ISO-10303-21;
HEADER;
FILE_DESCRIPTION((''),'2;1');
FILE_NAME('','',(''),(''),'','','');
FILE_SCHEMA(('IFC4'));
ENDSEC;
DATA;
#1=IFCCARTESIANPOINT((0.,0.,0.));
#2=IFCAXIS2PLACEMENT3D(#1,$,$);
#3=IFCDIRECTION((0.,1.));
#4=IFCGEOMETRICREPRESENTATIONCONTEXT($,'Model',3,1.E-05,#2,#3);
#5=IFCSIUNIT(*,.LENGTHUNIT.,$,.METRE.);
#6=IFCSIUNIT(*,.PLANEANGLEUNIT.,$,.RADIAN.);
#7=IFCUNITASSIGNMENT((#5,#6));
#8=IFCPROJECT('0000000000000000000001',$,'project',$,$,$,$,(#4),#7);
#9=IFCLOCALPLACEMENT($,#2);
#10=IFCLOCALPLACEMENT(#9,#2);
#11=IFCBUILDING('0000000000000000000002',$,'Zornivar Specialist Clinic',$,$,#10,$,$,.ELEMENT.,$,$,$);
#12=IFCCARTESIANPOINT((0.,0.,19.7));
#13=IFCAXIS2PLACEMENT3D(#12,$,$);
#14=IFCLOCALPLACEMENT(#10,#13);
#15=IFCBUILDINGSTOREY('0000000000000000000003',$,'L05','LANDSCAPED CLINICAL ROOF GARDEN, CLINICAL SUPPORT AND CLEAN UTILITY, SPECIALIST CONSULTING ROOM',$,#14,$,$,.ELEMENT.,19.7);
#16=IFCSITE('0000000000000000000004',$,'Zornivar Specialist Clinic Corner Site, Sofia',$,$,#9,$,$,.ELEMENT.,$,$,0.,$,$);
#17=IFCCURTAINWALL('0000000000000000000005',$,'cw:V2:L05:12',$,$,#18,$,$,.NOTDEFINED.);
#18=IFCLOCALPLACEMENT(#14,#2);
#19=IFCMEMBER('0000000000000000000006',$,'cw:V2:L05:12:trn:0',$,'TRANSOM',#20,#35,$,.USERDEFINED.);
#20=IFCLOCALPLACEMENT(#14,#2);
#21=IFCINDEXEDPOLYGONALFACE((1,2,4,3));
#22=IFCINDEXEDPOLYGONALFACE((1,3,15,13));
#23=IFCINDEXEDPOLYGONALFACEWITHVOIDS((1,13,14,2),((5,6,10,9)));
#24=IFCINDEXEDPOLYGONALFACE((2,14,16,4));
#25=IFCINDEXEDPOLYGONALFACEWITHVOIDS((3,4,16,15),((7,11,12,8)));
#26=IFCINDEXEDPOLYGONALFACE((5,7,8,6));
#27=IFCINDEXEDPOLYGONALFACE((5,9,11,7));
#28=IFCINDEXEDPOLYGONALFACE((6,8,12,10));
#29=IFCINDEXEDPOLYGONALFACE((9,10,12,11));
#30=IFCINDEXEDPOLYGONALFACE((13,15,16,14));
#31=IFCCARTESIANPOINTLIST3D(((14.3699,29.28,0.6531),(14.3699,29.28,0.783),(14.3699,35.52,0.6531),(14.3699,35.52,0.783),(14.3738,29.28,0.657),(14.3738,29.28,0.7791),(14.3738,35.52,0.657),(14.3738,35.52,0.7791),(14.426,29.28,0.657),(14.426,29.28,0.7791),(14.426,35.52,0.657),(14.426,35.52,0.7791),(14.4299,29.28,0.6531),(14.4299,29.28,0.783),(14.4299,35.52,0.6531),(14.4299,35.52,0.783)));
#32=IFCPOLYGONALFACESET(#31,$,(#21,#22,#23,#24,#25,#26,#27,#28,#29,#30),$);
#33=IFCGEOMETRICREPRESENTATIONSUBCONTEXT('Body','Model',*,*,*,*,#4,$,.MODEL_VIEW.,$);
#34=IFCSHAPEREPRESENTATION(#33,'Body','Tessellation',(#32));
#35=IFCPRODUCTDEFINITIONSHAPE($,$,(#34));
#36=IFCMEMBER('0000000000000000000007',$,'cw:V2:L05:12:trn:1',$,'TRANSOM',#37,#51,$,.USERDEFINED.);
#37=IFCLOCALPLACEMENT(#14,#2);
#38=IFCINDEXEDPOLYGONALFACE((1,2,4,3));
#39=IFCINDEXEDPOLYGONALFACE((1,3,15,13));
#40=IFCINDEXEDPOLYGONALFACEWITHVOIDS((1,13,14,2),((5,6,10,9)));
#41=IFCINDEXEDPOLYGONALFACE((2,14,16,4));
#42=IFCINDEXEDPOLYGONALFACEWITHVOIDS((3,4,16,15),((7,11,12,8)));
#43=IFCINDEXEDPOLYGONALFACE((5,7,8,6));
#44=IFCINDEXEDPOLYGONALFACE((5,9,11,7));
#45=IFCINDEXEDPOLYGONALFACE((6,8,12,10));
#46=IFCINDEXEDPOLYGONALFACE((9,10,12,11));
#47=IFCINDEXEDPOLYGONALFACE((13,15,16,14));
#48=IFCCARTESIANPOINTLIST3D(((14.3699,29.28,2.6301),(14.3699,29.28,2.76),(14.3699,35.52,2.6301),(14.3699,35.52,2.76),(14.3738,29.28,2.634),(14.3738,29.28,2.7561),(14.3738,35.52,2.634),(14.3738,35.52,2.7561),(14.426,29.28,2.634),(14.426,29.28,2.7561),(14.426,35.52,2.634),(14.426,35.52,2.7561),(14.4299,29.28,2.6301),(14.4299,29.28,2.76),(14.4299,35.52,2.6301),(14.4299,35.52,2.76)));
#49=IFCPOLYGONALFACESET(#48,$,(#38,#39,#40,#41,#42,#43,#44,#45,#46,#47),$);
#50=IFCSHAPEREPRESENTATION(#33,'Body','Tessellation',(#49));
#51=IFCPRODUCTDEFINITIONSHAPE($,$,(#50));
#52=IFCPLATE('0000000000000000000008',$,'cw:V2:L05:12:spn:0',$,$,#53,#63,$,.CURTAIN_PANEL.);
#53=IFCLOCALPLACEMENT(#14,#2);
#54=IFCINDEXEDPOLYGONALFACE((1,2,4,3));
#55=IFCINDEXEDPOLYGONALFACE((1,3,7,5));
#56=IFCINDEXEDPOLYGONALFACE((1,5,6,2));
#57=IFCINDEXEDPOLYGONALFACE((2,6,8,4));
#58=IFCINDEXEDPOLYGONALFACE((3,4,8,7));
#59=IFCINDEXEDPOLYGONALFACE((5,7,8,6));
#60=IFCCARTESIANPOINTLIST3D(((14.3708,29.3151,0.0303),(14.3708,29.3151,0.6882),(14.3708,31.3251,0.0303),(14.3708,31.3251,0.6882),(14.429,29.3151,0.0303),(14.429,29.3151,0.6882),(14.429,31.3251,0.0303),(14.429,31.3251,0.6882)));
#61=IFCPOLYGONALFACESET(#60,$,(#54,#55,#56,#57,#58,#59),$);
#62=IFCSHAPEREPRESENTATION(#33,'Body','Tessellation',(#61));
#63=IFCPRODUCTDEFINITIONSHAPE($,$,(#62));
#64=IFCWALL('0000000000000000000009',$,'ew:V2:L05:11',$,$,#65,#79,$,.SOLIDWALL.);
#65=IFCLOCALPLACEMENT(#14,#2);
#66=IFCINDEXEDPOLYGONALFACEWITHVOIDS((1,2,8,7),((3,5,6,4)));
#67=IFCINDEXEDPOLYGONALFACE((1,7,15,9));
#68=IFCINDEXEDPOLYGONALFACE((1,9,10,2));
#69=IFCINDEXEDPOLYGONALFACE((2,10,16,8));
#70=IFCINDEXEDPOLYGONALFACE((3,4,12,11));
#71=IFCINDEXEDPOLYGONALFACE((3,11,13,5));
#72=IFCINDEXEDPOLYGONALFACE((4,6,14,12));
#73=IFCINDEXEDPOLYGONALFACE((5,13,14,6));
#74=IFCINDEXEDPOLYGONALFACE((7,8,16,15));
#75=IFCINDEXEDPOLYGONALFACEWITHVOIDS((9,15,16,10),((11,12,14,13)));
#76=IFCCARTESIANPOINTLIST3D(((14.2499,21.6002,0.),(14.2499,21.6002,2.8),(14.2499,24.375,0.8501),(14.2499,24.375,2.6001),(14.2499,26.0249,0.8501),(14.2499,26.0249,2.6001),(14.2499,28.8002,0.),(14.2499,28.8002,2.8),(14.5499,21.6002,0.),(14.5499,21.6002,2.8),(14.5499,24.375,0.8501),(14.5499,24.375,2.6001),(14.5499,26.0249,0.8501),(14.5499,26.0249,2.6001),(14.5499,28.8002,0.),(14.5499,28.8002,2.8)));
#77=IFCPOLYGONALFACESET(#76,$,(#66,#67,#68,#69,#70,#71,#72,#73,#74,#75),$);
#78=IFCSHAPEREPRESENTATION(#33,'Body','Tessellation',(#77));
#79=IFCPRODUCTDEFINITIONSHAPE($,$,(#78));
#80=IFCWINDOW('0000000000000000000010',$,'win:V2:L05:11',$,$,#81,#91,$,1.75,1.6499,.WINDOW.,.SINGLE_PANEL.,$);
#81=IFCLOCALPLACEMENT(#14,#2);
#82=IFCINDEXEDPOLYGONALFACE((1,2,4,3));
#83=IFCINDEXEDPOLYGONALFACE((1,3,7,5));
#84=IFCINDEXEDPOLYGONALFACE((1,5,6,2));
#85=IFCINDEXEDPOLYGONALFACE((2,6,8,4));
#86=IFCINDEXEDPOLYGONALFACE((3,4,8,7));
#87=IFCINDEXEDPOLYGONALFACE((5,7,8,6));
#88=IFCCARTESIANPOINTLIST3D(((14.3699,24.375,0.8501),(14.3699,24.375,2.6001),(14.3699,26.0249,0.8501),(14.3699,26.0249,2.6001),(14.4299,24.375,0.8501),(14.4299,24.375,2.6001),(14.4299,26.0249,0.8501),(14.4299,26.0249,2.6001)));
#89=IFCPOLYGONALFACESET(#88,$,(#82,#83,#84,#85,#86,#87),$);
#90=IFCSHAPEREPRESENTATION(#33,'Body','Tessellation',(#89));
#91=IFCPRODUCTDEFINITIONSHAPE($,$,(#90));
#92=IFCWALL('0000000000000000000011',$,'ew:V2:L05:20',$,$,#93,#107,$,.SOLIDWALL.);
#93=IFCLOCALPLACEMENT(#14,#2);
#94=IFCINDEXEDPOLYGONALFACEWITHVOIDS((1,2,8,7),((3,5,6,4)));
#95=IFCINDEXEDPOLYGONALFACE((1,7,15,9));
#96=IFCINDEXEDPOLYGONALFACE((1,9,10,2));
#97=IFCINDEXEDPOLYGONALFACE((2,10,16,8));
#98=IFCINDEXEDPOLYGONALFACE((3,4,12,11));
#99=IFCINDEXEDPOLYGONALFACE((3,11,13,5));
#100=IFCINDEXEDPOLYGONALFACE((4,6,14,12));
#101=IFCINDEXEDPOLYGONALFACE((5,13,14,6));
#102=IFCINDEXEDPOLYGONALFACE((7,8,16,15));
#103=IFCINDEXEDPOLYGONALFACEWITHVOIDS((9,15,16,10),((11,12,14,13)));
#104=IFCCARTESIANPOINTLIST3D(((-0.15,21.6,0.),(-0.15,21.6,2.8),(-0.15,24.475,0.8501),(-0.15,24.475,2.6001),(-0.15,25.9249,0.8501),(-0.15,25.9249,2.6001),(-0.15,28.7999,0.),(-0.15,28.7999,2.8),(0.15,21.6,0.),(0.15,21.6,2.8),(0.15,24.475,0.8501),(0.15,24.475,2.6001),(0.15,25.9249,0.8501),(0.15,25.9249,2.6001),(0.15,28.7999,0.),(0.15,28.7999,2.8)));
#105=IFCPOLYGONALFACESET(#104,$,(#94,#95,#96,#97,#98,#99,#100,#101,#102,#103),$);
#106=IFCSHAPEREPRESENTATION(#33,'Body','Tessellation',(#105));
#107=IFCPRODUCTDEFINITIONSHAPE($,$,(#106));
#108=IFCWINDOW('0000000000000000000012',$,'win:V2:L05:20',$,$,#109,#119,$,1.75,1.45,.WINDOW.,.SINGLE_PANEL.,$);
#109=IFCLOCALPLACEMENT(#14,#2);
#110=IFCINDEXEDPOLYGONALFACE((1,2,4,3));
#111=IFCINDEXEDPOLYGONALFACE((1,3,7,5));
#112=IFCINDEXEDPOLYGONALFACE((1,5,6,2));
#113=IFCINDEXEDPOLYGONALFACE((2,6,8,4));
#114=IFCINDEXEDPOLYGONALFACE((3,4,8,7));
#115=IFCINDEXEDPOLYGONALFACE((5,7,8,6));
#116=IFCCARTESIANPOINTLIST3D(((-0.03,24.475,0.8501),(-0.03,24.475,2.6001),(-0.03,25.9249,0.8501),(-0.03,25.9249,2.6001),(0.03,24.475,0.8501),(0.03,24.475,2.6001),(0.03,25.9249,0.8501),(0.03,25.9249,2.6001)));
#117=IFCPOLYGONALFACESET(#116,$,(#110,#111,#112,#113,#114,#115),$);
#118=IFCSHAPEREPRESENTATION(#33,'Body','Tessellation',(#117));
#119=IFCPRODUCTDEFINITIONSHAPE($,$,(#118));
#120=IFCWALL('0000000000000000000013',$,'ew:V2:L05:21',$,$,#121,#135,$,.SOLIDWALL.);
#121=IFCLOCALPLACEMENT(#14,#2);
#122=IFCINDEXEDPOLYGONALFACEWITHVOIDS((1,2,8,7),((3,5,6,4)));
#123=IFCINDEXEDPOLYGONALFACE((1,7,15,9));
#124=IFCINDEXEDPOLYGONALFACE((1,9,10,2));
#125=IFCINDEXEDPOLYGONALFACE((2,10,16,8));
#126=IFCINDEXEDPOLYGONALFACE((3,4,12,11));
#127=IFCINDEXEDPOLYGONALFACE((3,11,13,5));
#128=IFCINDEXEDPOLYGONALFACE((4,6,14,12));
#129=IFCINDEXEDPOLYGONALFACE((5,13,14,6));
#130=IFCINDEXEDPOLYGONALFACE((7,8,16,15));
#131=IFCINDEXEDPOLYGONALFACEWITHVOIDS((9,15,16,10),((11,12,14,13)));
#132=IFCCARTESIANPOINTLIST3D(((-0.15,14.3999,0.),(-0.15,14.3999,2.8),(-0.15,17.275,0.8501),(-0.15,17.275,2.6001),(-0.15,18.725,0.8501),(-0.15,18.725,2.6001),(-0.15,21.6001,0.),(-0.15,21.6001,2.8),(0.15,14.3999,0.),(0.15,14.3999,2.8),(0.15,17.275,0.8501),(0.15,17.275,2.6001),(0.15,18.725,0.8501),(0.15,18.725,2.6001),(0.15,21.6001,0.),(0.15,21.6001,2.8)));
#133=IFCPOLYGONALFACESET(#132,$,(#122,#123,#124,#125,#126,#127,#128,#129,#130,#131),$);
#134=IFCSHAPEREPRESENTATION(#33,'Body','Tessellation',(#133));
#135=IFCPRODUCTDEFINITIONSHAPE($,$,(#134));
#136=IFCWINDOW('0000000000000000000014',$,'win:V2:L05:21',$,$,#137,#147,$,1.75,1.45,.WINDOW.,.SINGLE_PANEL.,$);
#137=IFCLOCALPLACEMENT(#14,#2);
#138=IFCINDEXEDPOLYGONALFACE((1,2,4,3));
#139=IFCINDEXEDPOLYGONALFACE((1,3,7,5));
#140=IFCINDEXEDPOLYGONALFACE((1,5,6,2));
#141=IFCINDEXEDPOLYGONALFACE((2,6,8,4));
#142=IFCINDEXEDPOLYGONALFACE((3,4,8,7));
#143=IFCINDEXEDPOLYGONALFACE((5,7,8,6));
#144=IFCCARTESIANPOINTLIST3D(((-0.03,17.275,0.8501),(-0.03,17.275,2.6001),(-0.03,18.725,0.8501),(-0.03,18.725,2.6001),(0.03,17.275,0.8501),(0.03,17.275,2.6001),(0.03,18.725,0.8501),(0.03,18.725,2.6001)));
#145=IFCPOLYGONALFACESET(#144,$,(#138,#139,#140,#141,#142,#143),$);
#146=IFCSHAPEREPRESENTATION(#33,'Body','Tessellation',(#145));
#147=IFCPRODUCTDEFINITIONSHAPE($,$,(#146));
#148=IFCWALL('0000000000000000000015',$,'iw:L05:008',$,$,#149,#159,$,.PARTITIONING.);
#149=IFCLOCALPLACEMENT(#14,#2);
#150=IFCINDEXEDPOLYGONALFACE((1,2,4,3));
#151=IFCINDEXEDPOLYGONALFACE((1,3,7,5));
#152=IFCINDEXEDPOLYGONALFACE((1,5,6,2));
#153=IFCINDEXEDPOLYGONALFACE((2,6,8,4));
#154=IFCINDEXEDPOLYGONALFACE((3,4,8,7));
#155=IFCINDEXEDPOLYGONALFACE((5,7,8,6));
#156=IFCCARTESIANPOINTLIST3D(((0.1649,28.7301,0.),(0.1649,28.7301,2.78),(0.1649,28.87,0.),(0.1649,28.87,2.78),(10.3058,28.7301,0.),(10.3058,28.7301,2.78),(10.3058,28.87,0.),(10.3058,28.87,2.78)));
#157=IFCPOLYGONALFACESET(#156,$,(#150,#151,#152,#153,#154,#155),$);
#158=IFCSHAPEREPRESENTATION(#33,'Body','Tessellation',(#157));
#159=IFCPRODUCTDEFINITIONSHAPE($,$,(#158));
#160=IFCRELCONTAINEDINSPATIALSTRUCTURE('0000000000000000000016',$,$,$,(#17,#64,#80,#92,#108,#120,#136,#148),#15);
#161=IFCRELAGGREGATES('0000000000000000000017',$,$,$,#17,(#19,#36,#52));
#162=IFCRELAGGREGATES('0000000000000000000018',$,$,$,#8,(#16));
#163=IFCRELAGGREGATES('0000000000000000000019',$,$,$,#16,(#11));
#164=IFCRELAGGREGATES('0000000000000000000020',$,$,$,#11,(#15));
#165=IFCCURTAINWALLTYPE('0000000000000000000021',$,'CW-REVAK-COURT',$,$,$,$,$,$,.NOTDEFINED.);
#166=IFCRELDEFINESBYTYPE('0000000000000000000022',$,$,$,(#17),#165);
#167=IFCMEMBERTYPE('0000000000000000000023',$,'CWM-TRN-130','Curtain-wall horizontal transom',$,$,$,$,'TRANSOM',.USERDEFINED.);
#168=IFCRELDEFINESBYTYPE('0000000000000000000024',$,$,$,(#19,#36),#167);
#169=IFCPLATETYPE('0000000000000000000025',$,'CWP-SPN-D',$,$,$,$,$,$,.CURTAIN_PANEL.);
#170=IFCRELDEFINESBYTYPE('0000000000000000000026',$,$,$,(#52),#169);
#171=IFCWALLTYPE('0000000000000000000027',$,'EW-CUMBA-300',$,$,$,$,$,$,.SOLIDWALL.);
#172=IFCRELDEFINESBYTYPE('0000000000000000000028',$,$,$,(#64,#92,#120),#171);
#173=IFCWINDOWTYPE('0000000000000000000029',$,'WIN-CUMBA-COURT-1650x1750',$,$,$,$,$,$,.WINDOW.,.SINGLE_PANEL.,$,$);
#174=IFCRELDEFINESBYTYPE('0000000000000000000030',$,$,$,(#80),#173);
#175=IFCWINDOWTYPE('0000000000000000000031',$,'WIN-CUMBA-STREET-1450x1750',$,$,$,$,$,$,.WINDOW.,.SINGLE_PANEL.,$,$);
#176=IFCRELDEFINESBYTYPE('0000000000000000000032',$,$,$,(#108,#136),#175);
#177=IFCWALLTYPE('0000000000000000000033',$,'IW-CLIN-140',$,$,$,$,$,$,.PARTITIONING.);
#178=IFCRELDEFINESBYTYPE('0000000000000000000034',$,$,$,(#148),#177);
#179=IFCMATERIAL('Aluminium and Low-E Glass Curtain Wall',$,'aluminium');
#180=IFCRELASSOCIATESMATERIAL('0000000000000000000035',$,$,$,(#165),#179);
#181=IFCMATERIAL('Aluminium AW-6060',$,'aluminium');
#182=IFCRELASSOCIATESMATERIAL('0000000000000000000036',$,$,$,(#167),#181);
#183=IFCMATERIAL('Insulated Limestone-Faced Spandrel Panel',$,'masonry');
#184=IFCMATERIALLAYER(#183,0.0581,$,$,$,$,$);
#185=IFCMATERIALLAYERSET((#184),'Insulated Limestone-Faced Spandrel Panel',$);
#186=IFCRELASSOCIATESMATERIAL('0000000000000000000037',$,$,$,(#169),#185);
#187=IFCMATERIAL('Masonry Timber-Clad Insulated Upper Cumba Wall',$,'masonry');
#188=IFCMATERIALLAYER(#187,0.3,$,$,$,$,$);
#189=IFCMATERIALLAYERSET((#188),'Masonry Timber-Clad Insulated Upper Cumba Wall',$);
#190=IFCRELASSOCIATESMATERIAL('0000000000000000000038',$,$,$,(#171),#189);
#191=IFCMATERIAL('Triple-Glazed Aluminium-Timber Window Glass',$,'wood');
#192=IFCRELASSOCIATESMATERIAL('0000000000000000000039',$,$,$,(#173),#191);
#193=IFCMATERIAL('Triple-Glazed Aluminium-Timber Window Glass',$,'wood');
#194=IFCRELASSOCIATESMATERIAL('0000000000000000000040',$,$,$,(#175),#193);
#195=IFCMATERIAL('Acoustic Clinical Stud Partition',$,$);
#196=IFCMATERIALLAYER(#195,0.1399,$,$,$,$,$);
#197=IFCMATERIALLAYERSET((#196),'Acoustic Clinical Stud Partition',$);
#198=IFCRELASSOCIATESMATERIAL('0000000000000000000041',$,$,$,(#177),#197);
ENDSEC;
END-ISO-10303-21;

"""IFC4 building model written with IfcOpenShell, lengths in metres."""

from ifc_helpers import new_model, si_unit, direction, frame, frame_2d, origin, origin_2d, place, context, subcontext, project, spatial, rectangle, hollow_rectangle, extrude, material, layer, layer_set, material_profile, profile_set, type_object, element, fill, aggregate, save


model = new_model("IFC4")

# Units and contexts
model_context = context("Model", 3, precision=1e-05, world=origin(), true_north=direction((0.0, 1.0)))
body_context = subcontext(model_context, "Body", "Model", "MODEL_VIEW")
ifc_project = project(units=[si_unit("LENGTHUNIT", "METRE"), si_unit("PLANEANGLEUNIT", "RADIAN")], contexts=[model_context])

# Site, building, storey
site_placement = place(None, origin())
site = spatial("IfcSite", under=ifc_project, at=site_placement, Name="Zornivar Specialist Clinic Corner Site, Sofia", CompositionType="ELEMENT", RefElevation=0.0)
building_placement = place(site_placement, origin())
building = spatial("IfcBuilding", under=site, at=building_placement, Name="Zornivar Specialist Clinic", CompositionType="ELEMENT")
storey_placement = place(building_placement, frame((0.0, 0.0, 19.7)))
storey = spatial("IfcBuildingStorey", under=building, at=storey_placement, Name="L05", Description="LANDSCAPED CLINICAL ROOF GARDEN, CLINICAL SUPPORT AND CLEAN UTILITY, SPECIALIST CONSULTING ROOM", CompositionType="ELEMENT", Elevation=19.7)

# Curtain wall, members, plate
ifc_material_1 = material(Name="Aluminium and Low-E Glass Curtain Wall", Category="aluminium")
curtain_wall_type = type_object("IfcCurtainWallType", Name="CW-REVAK-COURT", PredefinedType="NOTDEFINED", material=ifc_material_1)
curtain_wall_placement = place(storey_placement, origin())
curtain_wall = element("IfcCurtainWall", 1, at=curtain_wall_placement, inside=storey, type_object=curtain_wall_type, Name="cw:V2:L05:12", PredefinedType="NOTDEFINED")
ifc_material_2 = material(Name="Aluminium AW-6060", Category="aluminium")
ifc_material_profile_1 = material_profile(ifc_material_2, hollow_rectangle(XDim=0.0601, YDim=0.1299, WallThickness=0.0039, at=origin_2d()), Name="ALU 60x130x4")
ifc_profile_set_1 = profile_set([ifc_material_profile_1], Name="Aluminium AW-6060")
member_type_1 = type_object("IfcMemberType", Name="CWM-TRN-130", Description="Curtain-wall horizontal transom", ElementType="TRANSOM", PredefinedType="USERDEFINED", material=ifc_profile_set_1)
member_1_placement = place(storey_placement, frame((14.3999, 29.28, 0.718), z_axis=(0.0, 1.0, 0.0), x_axis=(-1.0, 0.0, 0.0)))
member_1 = element("IfcMember", 2, at=member_1_placement, type_object=member_type_1, Name="cw:V2:L05:12:trn:0", ObjectType="TRANSOM", PredefinedType="USERDEFINED", context=body_context, shape_type="SweptSolid", body=[
    extrude(hollow_rectangle(XDim=0.0601, YDim=0.1299, WallThickness=0.0039, at=origin_2d()), origin(), (0.0, 0.0, 1.0), 6.24),
])
member_2_placement = place(storey_placement, frame((14.3999, 29.28, 2.6951), z_axis=(0.0, 1.0, 0.0), x_axis=(-1.0, 0.0, 0.0)))
member_2 = element("IfcMember", 3, at=member_2_placement, type_object=member_type_1, Name="cw:V2:L05:12:trn:1", ObjectType="TRANSOM", PredefinedType="USERDEFINED", context=body_context, shape_type="SweptSolid", body=[
    extrude(hollow_rectangle(XDim=0.0601, YDim=0.1299, WallThickness=0.0039, at=origin_2d()), origin(), (0.0, 0.0, 1.0), 6.24),
])
ifc_material_3 = material(Name="Insulated Limestone-Faced Spandrel Panel", Category="masonry")
ifc_layer_1 = layer(ifc_material_3, 0.0581)
ifc_layer_set_1 = layer_set([ifc_layer_1], Name="Insulated Limestone-Faced Spandrel Panel")
plate_type = type_object("IfcPlateType", Name="CWP-SPN-D", PredefinedType="CURTAIN_PANEL", material=ifc_layer_set_1)
plate_placement = place(storey_placement, frame((14.3999, 30.3201, 0.0303), z_axis=(0.0, 0.0, 1.0), x_axis=(0.0, 1.0, 0.0)))
plate = element("IfcPlate", 4, at=plate_placement, type_object=plate_type, Name="cw:V2:L05:12:spn:0", PredefinedType="CURTAIN_PANEL", context=body_context, shape_type="SweptSolid", body=[
    extrude(rectangle(XDim=2.01, YDim=0.0581, at=origin_2d()), origin(), (0.0, 0.0, 1.0), 0.658),
])
aggregate(curtain_wall, [member_1, member_2, plate])

# Walls, openings, windows
ifc_material_4 = material(Name="Masonry Timber-Clad Insulated Upper Cumba Wall", Category="masonry")
ifc_layer_2 = layer(ifc_material_4, 0.3)
ifc_layer_set_2 = layer_set([ifc_layer_2], Name="Masonry Timber-Clad Insulated Upper Cumba Wall")
wall_type_1 = type_object("IfcWallType", Name="EW-CUMBA-300", PredefinedType="SOLIDWALL", material=ifc_layer_set_2)
wall_1_placement = place(storey_placement, frame((14.3999, 21.6001, 0.0), z_axis=(0.0, 0.0, 1.0), x_axis=(0.0, 1.0, 0.0)))
wall_1 = element("IfcWall", 5, at=wall_1_placement, inside=storey, type_object=wall_type_1, Name="ew:V2:L05:11", PredefinedType="SOLIDWALL", context=body_context, shape_type="SweptSolid", body=[
    extrude(rectangle(XDim=7.2, YDim=0.3, at=frame_2d((3.6001, 0.0))), origin(), (0.0, 0.0, 1.0), 2.8),
])
opening_1_placement = place(wall_1_placement, frame((2.7749, 0.0, 0.8501)))
opening_1 = element("IfcOpeningElement", 6, at=opening_1_placement, cuts=wall_1, PredefinedType="OPENING", context=body_context, shape_type="SweptSolid", body=[
    extrude(rectangle(XDim=1.6499, YDim=1.75, at=frame_2d((0.825, 0.875))), frame((0.0, 0.1599, 0.0), z_axis=(0.0, -1.0, 0.0), x_axis=(1.0, 0.0, 0.0)), (0.0, 0.0, 1.0), 0.3201),
])
ifc_material_5 = material(Name="Triple-Glazed Aluminium-Timber Window Glass", Category="wood")
window_type_1 = type_object("IfcWindowType", Name="WIN-CUMBA-COURT-1650x1750", PartitioningType="SINGLE_PANEL", PredefinedType="WINDOW", material=ifc_material_5)
window_1_placement = place(opening_1_placement, origin())
window_1 = element("IfcWindow", 7, at=window_1_placement, inside=storey, type_object=window_type_1, Name="win:V2:L05:11", OverallHeight=1.75, OverallWidth=1.6499, PartitioningType="SINGLE_PANEL", PredefinedType="WINDOW", context=body_context, shape_type="SweptSolid", body=[
    extrude(rectangle(XDim=1.6499, YDim=1.75, at=frame_2d((0.825, 0.875))), frame((0.0, 0.03, 0.0), z_axis=(0.0, -1.0, 0.0), x_axis=(1.0, 0.0, 0.0)), (0.0, 0.0, 1.0), 0.0601),
])
fill(opening_1, window_1)
wall_2_placement = place(storey_placement, frame((0.0, 28.8, 0.0), z_axis=(0.0, 0.0, 1.0), x_axis=(0.0, -1.0, 0.0)))
wall_2 = element("IfcWall", 8, at=wall_2_placement, inside=storey, type_object=wall_type_1, Name="ew:V2:L05:20", PredefinedType="SOLIDWALL", context=body_context, shape_type="SweptSolid", body=[
    extrude(rectangle(XDim=7.2, YDim=0.3, at=frame_2d((3.6001, 0.0))), origin(), (0.0, 0.0, 1.0), 2.8),
])
opening_2_placement = place(wall_2_placement, frame((2.875, 0.0, 0.8501)))
opening_2 = element("IfcOpeningElement", 9, at=opening_2_placement, cuts=wall_2, PredefinedType="OPENING", context=body_context, shape_type="SweptSolid", body=[
    extrude(rectangle(XDim=1.45, YDim=1.75, at=frame_2d((0.7251, 0.875))), frame((0.0, 0.1599, 0.0), z_axis=(0.0, -1.0, 0.0), x_axis=(1.0, 0.0, 0.0)), (0.0, 0.0, 1.0), 0.3201),
])
ifc_material_6 = material(Name="Triple-Glazed Aluminium-Timber Window Glass", Category="wood")
window_type_2 = type_object("IfcWindowType", Name="WIN-CUMBA-STREET-1450x1750", PartitioningType="SINGLE_PANEL", PredefinedType="WINDOW", material=ifc_material_6)
window_2_placement = place(opening_2_placement, origin())
window_2 = element("IfcWindow", 10, at=window_2_placement, inside=storey, type_object=window_type_2, Name="win:V2:L05:20", OverallHeight=1.75, OverallWidth=1.45, PartitioningType="SINGLE_PANEL", PredefinedType="WINDOW", context=body_context, shape_type="SweptSolid", body=[
    extrude(rectangle(XDim=1.45, YDim=1.75, at=frame_2d((0.7251, 0.875))), frame((0.0, 0.03, 0.0), z_axis=(0.0, -1.0, 0.0), x_axis=(1.0, 0.0, 0.0)), (0.0, 0.0, 1.0), 0.0601),
])
fill(opening_2, window_2)
wall_3_placement = place(storey_placement, frame((0.0, 21.6001, 0.0), z_axis=(0.0, 0.0, 1.0), x_axis=(0.0, -1.0, 0.0)))
wall_3 = element("IfcWall", 11, at=wall_3_placement, inside=storey, type_object=wall_type_1, Name="ew:V2:L05:21", PredefinedType="SOLIDWALL", context=body_context, shape_type="SweptSolid", body=[
    extrude(rectangle(XDim=7.2002, YDim=0.3, at=frame_2d((3.6001, 0.0))), origin(), (0.0, 0.0, 1.0), 2.8),
])
opening_3_placement = place(wall_3_placement, frame((2.875, 0.0, 0.8501)))
opening_3 = element("IfcOpeningElement", 12, at=opening_3_placement, cuts=wall_3, PredefinedType="OPENING", context=body_context, shape_type="SweptSolid", body=[
    extrude(rectangle(XDim=1.45, YDim=1.75, at=frame_2d((0.7251, 0.875))), frame((0.0, 0.1599, 0.0), z_axis=(0.0, -1.0, 0.0), x_axis=(1.0, 0.0, 0.0)), (0.0, 0.0, 1.0), 0.3201),
])
window_3_placement = place(opening_3_placement, origin())
window_3 = element("IfcWindow", 13, at=window_3_placement, inside=storey, type_object=window_type_2, Name="win:V2:L05:21", OverallHeight=1.75, OverallWidth=1.45, PartitioningType="SINGLE_PANEL", PredefinedType="WINDOW", context=body_context, shape_type="SweptSolid", body=[
    extrude(rectangle(XDim=1.45, YDim=1.75, at=frame_2d((0.7251, 0.875))), frame((0.0, 0.03, 0.0), z_axis=(0.0, -1.0, 0.0), x_axis=(1.0, 0.0, 0.0)), (0.0, 0.0, 1.0), 0.0601),
])
fill(opening_3, window_3)

# Wall
ifc_material_7 = material(Name="Acoustic Clinical Stud Partition")
ifc_layer_3 = layer(ifc_material_7, 0.1399)
ifc_layer_set_3 = layer_set([ifc_layer_3], Name="Acoustic Clinical Stud Partition")
wall_type_2 = type_object("IfcWallType", Name="IW-CLIN-140", PredefinedType="PARTITIONING", material=ifc_layer_set_3)
wall_4_placement = place(storey_placement, frame((0.165, 28.8, 0.0), z_axis=(0.0, 0.0, 1.0), x_axis=(1.0, 0.0, 0.0)))
element("IfcWall", 14, at=wall_4_placement, inside=storey, type_object=wall_type_2, Name="iw:L05:008", PredefinedType="PARTITIONING", context=body_context, shape_type="SweptSolid", body=[
    extrude(rectangle(XDim=10.1409, YDim=0.1399, at=frame_2d((5.0703, 0.0))), origin(), (0.0, 0.0, 1.0), 2.78),
])

save(model, "model.ifc")
